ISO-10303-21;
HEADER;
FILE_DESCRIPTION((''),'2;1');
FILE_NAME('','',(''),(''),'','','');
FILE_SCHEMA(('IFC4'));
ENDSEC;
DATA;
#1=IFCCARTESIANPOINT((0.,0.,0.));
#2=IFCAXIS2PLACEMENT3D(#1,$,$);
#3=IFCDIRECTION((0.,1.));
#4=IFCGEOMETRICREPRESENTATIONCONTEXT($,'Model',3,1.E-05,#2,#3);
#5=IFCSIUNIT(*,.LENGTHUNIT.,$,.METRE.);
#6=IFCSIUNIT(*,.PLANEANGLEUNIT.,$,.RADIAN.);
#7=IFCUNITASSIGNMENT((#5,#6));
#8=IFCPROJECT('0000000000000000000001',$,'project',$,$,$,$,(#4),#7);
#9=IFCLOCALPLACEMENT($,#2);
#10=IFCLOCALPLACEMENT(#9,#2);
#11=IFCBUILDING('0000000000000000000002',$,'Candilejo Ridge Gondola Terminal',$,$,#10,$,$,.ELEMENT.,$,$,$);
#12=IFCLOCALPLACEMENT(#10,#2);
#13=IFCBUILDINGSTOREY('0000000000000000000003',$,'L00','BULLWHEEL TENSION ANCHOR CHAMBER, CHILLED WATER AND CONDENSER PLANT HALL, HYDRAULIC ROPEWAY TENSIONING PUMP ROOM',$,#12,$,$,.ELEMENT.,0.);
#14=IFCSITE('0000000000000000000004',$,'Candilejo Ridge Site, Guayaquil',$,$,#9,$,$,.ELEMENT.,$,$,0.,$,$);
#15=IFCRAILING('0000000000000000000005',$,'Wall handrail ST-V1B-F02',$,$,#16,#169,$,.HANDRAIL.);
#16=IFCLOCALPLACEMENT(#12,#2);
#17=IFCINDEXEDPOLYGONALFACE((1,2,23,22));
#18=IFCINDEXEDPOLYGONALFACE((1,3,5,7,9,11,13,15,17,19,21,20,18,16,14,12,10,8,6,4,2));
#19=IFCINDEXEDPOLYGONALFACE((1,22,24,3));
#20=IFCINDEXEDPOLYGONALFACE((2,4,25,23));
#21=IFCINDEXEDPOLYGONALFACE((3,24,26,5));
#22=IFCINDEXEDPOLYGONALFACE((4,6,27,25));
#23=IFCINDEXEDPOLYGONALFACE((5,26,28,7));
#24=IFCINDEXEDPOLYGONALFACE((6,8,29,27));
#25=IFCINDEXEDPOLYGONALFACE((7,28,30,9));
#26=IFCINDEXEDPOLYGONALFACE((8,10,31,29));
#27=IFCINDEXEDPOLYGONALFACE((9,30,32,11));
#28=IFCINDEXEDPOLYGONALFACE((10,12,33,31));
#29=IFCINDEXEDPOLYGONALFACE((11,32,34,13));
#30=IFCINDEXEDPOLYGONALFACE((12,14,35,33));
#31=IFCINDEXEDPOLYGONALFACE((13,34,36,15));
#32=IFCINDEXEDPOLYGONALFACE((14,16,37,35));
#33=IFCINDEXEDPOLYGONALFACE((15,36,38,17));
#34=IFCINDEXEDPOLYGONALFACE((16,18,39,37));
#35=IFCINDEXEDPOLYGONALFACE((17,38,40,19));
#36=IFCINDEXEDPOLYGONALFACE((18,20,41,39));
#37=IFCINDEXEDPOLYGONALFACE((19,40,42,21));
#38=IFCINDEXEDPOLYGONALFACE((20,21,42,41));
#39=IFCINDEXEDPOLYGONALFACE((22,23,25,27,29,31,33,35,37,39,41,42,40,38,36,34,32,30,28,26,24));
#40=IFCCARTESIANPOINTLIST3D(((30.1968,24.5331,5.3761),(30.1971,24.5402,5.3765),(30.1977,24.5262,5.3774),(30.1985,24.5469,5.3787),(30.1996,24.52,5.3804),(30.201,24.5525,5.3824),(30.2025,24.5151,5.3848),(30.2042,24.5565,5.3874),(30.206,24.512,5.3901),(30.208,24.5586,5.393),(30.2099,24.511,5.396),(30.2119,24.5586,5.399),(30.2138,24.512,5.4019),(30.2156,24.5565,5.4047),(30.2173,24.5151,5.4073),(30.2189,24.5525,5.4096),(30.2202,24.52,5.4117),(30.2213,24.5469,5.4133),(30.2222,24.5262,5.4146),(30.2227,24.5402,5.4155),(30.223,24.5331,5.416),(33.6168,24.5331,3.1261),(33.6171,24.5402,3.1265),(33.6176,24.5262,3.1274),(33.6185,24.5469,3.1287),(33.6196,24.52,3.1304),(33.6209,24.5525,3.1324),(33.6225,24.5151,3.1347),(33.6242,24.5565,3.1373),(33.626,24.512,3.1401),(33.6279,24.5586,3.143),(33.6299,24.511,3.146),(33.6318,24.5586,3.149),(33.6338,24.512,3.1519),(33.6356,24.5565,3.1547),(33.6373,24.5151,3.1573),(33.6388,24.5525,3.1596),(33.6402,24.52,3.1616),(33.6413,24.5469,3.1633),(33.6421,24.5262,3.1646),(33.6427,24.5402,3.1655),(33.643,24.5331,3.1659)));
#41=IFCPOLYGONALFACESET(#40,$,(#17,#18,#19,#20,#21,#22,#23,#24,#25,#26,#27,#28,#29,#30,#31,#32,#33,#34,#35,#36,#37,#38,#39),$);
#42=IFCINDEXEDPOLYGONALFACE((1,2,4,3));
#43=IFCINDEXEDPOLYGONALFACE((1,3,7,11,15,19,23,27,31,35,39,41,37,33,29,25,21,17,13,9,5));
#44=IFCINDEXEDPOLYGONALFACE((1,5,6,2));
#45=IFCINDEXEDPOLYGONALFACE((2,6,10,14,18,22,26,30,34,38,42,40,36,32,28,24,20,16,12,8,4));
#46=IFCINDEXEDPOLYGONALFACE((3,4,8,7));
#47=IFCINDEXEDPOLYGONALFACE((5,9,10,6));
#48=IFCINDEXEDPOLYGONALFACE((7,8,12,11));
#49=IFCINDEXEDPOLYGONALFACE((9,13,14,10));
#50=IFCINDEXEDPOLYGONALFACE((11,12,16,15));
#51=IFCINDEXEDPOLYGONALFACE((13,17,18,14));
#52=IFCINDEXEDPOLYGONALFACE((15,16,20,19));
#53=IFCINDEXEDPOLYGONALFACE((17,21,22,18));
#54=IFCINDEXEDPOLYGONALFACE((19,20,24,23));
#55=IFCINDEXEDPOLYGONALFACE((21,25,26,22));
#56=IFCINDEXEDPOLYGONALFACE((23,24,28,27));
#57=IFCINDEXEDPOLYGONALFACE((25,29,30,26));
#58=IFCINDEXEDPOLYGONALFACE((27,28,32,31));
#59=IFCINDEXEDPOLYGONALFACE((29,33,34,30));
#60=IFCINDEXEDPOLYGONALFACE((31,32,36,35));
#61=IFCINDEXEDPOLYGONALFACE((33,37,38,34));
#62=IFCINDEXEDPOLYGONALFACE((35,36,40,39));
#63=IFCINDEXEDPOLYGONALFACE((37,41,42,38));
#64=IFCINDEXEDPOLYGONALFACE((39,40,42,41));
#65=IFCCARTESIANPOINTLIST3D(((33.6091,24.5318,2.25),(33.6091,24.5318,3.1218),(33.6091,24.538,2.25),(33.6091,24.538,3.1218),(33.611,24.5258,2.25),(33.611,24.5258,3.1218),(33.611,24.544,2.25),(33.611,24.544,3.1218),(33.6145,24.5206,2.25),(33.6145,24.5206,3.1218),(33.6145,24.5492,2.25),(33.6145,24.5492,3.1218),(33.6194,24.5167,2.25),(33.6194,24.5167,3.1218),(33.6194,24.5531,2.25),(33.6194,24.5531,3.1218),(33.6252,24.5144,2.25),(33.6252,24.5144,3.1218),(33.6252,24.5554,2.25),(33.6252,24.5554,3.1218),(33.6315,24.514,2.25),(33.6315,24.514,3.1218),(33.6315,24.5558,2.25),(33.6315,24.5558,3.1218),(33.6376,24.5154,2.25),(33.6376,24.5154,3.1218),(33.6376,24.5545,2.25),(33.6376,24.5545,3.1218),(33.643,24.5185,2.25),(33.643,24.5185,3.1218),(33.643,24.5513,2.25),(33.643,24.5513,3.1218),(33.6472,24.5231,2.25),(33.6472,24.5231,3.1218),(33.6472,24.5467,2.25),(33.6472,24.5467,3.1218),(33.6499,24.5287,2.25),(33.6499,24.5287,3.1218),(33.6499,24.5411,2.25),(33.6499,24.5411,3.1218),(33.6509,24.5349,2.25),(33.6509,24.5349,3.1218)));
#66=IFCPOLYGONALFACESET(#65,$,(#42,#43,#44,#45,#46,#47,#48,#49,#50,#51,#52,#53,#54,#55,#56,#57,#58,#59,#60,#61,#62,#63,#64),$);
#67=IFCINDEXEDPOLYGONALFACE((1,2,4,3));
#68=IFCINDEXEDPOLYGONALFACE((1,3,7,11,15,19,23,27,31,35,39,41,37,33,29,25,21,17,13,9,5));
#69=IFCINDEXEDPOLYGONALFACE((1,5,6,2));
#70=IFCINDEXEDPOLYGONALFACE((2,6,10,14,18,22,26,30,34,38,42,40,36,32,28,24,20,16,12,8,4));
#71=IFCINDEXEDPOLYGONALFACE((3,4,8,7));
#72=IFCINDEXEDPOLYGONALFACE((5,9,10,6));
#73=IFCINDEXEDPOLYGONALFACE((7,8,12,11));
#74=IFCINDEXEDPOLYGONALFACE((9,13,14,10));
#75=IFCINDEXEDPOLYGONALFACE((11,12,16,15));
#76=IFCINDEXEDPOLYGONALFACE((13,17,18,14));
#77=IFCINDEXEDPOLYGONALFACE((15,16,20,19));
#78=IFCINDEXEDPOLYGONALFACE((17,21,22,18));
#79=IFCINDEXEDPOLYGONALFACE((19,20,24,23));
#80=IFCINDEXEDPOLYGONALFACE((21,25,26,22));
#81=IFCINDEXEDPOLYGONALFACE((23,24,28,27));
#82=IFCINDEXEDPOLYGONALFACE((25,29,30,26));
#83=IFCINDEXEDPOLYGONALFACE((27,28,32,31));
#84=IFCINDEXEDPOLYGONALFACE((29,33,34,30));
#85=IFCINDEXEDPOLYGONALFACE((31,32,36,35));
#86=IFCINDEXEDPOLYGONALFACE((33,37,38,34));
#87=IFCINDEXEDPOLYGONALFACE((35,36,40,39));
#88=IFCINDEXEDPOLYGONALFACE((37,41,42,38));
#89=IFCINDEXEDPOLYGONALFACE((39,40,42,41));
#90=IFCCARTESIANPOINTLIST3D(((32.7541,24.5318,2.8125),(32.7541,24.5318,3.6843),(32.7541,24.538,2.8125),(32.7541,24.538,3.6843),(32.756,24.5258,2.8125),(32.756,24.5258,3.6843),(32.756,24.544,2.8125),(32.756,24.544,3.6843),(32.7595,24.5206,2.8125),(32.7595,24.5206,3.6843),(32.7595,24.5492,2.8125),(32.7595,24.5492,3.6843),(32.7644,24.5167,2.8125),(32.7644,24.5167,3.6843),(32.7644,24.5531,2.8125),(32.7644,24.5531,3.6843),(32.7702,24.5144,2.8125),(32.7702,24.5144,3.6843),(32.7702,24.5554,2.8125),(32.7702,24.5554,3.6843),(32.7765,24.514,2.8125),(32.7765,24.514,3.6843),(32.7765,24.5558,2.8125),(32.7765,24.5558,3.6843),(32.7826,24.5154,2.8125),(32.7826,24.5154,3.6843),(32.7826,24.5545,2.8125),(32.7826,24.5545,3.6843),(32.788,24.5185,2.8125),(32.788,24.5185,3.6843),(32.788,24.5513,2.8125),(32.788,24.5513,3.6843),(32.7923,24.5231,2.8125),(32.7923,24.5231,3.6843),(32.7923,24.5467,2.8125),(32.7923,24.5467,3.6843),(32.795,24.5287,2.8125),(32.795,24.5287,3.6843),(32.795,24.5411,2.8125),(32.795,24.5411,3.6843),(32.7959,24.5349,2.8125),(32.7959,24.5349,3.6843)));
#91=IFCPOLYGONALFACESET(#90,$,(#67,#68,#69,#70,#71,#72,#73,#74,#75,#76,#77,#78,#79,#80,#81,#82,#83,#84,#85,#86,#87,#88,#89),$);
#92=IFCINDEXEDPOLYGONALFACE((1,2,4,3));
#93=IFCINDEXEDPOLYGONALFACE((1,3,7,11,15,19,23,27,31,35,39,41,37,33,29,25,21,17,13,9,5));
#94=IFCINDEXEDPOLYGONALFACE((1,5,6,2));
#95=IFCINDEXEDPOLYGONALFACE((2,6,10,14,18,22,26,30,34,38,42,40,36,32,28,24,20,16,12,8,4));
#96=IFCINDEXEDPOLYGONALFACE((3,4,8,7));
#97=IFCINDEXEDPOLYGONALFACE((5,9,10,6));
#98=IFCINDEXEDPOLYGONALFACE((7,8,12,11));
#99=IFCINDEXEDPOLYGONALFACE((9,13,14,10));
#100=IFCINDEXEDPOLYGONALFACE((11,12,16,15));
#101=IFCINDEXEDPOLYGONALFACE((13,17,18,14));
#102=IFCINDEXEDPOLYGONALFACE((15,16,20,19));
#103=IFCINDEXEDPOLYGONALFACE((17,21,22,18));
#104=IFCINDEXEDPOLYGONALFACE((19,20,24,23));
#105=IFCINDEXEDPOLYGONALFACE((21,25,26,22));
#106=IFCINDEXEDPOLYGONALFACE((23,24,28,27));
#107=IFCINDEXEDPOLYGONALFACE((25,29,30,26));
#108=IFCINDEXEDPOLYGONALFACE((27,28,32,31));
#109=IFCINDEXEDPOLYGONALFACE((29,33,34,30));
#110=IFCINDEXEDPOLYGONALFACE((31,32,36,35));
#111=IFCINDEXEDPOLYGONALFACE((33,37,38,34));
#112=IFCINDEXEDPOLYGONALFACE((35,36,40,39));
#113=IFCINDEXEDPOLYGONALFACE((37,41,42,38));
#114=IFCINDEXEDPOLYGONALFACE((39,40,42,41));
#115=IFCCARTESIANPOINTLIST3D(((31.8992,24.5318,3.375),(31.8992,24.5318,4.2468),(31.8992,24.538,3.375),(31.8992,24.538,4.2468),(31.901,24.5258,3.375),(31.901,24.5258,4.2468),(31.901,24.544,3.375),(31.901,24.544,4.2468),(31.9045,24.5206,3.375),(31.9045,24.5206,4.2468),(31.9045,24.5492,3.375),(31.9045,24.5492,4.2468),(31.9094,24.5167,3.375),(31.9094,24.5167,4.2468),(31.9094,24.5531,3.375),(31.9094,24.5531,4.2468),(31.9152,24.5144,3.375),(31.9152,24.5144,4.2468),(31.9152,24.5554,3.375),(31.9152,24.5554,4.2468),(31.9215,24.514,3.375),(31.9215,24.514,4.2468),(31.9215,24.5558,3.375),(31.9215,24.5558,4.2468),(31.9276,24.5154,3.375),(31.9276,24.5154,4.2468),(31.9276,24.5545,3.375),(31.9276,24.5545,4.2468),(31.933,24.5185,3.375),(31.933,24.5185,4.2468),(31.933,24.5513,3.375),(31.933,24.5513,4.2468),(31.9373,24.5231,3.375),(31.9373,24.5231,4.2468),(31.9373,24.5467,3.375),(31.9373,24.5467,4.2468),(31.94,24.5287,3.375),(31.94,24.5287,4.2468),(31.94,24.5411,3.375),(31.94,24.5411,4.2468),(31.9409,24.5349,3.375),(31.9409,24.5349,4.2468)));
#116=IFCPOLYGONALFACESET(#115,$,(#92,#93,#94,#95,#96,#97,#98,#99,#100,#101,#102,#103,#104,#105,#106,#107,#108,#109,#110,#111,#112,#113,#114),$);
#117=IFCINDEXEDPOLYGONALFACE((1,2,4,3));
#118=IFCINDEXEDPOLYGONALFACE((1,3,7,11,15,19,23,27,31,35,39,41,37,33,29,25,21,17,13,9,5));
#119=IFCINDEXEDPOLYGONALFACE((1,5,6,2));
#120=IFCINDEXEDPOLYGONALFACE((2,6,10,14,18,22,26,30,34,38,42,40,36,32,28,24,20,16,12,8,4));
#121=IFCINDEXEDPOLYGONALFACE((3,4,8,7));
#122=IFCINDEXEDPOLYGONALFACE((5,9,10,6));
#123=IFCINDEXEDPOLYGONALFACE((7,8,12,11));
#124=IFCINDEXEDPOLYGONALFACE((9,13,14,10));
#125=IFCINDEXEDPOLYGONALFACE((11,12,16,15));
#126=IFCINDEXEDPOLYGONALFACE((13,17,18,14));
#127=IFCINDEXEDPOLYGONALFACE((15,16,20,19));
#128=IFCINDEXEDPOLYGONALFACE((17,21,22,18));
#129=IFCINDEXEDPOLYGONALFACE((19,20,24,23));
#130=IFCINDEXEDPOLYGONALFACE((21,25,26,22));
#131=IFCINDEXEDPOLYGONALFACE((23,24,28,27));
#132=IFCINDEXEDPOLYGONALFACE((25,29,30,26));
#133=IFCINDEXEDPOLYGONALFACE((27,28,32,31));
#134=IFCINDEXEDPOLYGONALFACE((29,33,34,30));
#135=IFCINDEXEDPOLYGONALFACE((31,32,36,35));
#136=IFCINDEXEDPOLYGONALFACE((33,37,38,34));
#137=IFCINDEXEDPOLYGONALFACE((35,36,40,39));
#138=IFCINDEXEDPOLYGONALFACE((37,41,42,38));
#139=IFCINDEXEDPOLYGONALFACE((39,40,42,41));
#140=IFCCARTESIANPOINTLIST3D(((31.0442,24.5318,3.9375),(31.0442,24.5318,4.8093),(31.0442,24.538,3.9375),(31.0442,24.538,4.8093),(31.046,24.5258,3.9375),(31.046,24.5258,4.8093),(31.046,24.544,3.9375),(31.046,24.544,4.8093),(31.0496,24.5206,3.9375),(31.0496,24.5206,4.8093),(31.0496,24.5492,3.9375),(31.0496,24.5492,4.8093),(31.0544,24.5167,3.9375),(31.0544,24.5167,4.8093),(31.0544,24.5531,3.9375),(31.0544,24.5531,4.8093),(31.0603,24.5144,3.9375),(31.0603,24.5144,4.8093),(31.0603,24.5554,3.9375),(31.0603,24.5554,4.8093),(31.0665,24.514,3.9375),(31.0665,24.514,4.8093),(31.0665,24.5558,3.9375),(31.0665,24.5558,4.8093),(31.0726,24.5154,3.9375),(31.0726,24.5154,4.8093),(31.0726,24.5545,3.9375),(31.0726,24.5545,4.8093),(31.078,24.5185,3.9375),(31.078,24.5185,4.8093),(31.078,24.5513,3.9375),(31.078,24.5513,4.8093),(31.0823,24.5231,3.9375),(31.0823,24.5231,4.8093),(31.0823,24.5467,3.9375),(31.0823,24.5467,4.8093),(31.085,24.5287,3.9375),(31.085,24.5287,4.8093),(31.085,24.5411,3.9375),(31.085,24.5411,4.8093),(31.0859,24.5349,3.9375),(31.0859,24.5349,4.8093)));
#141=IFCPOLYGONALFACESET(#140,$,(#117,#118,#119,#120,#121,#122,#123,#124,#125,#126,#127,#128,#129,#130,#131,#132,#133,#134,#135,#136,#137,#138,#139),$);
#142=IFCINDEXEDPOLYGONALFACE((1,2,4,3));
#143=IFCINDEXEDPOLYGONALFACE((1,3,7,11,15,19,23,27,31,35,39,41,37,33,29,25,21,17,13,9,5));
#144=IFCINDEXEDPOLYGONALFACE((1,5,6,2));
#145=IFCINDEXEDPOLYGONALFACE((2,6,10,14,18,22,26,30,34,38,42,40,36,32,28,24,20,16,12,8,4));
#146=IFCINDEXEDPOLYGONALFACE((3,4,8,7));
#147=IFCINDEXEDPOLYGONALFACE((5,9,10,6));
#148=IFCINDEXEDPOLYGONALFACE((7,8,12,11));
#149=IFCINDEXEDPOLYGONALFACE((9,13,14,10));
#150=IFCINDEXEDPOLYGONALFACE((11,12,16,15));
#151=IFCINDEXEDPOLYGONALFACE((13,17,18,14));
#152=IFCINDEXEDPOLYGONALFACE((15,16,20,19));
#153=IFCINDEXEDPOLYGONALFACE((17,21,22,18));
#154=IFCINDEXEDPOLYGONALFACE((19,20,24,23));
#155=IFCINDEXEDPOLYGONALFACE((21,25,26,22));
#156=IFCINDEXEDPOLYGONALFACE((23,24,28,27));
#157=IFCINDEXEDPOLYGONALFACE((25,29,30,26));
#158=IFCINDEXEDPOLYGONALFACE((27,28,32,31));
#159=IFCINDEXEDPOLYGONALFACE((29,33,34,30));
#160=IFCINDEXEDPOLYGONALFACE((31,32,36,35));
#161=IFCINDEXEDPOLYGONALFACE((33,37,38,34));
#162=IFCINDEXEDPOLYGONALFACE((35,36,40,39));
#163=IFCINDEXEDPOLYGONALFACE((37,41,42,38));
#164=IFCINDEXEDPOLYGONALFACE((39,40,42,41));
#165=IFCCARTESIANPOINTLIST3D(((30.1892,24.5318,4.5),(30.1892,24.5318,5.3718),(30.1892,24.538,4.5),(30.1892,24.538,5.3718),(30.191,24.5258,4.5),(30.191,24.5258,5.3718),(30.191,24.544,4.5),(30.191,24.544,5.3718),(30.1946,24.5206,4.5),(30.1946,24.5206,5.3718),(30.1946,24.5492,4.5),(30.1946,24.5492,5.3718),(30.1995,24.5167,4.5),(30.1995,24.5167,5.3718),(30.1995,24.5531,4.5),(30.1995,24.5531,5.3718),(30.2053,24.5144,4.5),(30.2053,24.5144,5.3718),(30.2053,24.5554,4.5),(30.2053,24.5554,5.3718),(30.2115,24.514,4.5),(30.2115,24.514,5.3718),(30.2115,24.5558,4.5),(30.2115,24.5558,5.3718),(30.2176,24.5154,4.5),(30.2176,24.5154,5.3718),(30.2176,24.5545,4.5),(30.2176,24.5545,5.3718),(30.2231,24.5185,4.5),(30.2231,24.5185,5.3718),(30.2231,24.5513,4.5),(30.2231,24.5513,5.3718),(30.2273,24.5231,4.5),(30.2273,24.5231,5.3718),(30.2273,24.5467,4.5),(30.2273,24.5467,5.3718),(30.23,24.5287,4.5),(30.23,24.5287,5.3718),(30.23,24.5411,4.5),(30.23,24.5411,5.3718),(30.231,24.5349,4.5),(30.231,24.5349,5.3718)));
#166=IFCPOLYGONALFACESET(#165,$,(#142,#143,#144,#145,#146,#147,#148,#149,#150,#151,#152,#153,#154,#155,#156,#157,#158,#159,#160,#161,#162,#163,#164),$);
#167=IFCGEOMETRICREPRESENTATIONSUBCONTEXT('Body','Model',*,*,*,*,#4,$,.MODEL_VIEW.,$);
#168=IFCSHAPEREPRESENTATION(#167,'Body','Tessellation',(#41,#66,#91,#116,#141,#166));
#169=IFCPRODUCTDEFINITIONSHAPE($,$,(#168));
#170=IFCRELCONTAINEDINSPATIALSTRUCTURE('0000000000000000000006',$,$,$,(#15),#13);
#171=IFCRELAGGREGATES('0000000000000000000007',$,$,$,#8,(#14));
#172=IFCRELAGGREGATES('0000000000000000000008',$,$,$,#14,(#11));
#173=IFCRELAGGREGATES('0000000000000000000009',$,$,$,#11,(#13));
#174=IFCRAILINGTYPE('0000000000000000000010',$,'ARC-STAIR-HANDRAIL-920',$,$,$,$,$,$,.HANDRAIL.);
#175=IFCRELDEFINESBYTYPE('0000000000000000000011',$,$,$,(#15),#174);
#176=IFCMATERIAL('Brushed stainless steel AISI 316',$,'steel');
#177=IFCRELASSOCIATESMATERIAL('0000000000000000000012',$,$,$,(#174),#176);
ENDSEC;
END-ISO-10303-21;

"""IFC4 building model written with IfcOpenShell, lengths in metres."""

from ifc_helpers import new_model, si_unit, direction, frame, origin, origin_2d, place, context, subcontext, project, spatial, circle, extrude, material, type_object, element, save


model = new_model("IFC4")

# Units and contexts
model_context = context("Model", 3, precision=1e-05, world=origin(), true_north=direction((0.0, 1.0)))
body_context = subcontext(model_context, "Body", "Model", "MODEL_VIEW")
ifc_project = project(units=[si_unit("LENGTHUNIT", "METRE"), si_unit("PLANEANGLEUNIT", "RADIAN")], contexts=[model_context])

# Site, building, storey
site_placement = place(None, origin())
site = spatial("IfcSite", under=ifc_project, at=site_placement, Name="Candilejo Ridge Site, Guayaquil", CompositionType="ELEMENT", RefElevation=0.0)
building_placement = place(site_placement, origin())
building = spatial("IfcBuilding", under=site, at=building_placement, Name="Candilejo Ridge Gondola Terminal", CompositionType="ELEMENT")
storey_placement = place(building_placement, origin())
storey = spatial("IfcBuildingStorey", under=building, at=storey_placement, Name="L00", Description="BULLWHEEL TENSION ANCHOR CHAMBER, CHILLED WATER AND CONDENSER PLANT HALL, HYDRAULIC ROPEWAY TENSIONING PUMP ROOM", CompositionType="ELEMENT", Elevation=0.0)

# Railing
ifc_material_1 = material(Name="Brushed stainless steel AISI 316", Category="steel")
railing_type_1 = type_object("IfcRailingType", Name="ARC-STAIR-HANDRAIL-920", PredefinedType="HANDRAIL", material=ifc_material_1)
railing_1_placement = place(storey_placement, frame((33.6299, 24.5349, 2.25)))
element("IfcRailing", 1, at=railing_1_placement, inside=storey, type_object=railing_type_1, Name="Wall handrail ST-V1B-F02", PredefinedType="HANDRAIL", context=body_context, shape_type="SweptSolid", body=[
    extrude(circle(Radius=0.0239, at=origin_2d()), frame((0.0, 0.0, 0.896), z_axis=(-0.835411, 0.0, 0.549625), x_axis=(0.0, -1.0, 0.0)), (0.0, 0.0, 1.0), 4.0938),
    extrude(circle(Radius=0.021, at=origin_2d()), origin(), (0.0, 0.0, 1.0), 0.8718),
    extrude(circle(Radius=0.021, at=origin_2d()), frame((-0.855, 0.0, 0.5625)), (0.0, 0.0, 1.0), 0.8718),
    extrude(circle(Radius=0.021, at=origin_2d()), frame((-1.71, 0.0, 1.125)), (0.0, 0.0, 1.0), 0.8718),
    extrude(circle(Radius=0.021, at=origin_2d()), frame((-2.5649, 0.0, 1.6875)), (0.0, 0.0, 1.0), 0.8718),
    extrude(circle(Radius=0.021, at=origin_2d()), frame((-3.4199, 0.0, 2.25)), (0.0, 0.0, 1.0), 0.8718),
])

save(model, "model.ifc")
